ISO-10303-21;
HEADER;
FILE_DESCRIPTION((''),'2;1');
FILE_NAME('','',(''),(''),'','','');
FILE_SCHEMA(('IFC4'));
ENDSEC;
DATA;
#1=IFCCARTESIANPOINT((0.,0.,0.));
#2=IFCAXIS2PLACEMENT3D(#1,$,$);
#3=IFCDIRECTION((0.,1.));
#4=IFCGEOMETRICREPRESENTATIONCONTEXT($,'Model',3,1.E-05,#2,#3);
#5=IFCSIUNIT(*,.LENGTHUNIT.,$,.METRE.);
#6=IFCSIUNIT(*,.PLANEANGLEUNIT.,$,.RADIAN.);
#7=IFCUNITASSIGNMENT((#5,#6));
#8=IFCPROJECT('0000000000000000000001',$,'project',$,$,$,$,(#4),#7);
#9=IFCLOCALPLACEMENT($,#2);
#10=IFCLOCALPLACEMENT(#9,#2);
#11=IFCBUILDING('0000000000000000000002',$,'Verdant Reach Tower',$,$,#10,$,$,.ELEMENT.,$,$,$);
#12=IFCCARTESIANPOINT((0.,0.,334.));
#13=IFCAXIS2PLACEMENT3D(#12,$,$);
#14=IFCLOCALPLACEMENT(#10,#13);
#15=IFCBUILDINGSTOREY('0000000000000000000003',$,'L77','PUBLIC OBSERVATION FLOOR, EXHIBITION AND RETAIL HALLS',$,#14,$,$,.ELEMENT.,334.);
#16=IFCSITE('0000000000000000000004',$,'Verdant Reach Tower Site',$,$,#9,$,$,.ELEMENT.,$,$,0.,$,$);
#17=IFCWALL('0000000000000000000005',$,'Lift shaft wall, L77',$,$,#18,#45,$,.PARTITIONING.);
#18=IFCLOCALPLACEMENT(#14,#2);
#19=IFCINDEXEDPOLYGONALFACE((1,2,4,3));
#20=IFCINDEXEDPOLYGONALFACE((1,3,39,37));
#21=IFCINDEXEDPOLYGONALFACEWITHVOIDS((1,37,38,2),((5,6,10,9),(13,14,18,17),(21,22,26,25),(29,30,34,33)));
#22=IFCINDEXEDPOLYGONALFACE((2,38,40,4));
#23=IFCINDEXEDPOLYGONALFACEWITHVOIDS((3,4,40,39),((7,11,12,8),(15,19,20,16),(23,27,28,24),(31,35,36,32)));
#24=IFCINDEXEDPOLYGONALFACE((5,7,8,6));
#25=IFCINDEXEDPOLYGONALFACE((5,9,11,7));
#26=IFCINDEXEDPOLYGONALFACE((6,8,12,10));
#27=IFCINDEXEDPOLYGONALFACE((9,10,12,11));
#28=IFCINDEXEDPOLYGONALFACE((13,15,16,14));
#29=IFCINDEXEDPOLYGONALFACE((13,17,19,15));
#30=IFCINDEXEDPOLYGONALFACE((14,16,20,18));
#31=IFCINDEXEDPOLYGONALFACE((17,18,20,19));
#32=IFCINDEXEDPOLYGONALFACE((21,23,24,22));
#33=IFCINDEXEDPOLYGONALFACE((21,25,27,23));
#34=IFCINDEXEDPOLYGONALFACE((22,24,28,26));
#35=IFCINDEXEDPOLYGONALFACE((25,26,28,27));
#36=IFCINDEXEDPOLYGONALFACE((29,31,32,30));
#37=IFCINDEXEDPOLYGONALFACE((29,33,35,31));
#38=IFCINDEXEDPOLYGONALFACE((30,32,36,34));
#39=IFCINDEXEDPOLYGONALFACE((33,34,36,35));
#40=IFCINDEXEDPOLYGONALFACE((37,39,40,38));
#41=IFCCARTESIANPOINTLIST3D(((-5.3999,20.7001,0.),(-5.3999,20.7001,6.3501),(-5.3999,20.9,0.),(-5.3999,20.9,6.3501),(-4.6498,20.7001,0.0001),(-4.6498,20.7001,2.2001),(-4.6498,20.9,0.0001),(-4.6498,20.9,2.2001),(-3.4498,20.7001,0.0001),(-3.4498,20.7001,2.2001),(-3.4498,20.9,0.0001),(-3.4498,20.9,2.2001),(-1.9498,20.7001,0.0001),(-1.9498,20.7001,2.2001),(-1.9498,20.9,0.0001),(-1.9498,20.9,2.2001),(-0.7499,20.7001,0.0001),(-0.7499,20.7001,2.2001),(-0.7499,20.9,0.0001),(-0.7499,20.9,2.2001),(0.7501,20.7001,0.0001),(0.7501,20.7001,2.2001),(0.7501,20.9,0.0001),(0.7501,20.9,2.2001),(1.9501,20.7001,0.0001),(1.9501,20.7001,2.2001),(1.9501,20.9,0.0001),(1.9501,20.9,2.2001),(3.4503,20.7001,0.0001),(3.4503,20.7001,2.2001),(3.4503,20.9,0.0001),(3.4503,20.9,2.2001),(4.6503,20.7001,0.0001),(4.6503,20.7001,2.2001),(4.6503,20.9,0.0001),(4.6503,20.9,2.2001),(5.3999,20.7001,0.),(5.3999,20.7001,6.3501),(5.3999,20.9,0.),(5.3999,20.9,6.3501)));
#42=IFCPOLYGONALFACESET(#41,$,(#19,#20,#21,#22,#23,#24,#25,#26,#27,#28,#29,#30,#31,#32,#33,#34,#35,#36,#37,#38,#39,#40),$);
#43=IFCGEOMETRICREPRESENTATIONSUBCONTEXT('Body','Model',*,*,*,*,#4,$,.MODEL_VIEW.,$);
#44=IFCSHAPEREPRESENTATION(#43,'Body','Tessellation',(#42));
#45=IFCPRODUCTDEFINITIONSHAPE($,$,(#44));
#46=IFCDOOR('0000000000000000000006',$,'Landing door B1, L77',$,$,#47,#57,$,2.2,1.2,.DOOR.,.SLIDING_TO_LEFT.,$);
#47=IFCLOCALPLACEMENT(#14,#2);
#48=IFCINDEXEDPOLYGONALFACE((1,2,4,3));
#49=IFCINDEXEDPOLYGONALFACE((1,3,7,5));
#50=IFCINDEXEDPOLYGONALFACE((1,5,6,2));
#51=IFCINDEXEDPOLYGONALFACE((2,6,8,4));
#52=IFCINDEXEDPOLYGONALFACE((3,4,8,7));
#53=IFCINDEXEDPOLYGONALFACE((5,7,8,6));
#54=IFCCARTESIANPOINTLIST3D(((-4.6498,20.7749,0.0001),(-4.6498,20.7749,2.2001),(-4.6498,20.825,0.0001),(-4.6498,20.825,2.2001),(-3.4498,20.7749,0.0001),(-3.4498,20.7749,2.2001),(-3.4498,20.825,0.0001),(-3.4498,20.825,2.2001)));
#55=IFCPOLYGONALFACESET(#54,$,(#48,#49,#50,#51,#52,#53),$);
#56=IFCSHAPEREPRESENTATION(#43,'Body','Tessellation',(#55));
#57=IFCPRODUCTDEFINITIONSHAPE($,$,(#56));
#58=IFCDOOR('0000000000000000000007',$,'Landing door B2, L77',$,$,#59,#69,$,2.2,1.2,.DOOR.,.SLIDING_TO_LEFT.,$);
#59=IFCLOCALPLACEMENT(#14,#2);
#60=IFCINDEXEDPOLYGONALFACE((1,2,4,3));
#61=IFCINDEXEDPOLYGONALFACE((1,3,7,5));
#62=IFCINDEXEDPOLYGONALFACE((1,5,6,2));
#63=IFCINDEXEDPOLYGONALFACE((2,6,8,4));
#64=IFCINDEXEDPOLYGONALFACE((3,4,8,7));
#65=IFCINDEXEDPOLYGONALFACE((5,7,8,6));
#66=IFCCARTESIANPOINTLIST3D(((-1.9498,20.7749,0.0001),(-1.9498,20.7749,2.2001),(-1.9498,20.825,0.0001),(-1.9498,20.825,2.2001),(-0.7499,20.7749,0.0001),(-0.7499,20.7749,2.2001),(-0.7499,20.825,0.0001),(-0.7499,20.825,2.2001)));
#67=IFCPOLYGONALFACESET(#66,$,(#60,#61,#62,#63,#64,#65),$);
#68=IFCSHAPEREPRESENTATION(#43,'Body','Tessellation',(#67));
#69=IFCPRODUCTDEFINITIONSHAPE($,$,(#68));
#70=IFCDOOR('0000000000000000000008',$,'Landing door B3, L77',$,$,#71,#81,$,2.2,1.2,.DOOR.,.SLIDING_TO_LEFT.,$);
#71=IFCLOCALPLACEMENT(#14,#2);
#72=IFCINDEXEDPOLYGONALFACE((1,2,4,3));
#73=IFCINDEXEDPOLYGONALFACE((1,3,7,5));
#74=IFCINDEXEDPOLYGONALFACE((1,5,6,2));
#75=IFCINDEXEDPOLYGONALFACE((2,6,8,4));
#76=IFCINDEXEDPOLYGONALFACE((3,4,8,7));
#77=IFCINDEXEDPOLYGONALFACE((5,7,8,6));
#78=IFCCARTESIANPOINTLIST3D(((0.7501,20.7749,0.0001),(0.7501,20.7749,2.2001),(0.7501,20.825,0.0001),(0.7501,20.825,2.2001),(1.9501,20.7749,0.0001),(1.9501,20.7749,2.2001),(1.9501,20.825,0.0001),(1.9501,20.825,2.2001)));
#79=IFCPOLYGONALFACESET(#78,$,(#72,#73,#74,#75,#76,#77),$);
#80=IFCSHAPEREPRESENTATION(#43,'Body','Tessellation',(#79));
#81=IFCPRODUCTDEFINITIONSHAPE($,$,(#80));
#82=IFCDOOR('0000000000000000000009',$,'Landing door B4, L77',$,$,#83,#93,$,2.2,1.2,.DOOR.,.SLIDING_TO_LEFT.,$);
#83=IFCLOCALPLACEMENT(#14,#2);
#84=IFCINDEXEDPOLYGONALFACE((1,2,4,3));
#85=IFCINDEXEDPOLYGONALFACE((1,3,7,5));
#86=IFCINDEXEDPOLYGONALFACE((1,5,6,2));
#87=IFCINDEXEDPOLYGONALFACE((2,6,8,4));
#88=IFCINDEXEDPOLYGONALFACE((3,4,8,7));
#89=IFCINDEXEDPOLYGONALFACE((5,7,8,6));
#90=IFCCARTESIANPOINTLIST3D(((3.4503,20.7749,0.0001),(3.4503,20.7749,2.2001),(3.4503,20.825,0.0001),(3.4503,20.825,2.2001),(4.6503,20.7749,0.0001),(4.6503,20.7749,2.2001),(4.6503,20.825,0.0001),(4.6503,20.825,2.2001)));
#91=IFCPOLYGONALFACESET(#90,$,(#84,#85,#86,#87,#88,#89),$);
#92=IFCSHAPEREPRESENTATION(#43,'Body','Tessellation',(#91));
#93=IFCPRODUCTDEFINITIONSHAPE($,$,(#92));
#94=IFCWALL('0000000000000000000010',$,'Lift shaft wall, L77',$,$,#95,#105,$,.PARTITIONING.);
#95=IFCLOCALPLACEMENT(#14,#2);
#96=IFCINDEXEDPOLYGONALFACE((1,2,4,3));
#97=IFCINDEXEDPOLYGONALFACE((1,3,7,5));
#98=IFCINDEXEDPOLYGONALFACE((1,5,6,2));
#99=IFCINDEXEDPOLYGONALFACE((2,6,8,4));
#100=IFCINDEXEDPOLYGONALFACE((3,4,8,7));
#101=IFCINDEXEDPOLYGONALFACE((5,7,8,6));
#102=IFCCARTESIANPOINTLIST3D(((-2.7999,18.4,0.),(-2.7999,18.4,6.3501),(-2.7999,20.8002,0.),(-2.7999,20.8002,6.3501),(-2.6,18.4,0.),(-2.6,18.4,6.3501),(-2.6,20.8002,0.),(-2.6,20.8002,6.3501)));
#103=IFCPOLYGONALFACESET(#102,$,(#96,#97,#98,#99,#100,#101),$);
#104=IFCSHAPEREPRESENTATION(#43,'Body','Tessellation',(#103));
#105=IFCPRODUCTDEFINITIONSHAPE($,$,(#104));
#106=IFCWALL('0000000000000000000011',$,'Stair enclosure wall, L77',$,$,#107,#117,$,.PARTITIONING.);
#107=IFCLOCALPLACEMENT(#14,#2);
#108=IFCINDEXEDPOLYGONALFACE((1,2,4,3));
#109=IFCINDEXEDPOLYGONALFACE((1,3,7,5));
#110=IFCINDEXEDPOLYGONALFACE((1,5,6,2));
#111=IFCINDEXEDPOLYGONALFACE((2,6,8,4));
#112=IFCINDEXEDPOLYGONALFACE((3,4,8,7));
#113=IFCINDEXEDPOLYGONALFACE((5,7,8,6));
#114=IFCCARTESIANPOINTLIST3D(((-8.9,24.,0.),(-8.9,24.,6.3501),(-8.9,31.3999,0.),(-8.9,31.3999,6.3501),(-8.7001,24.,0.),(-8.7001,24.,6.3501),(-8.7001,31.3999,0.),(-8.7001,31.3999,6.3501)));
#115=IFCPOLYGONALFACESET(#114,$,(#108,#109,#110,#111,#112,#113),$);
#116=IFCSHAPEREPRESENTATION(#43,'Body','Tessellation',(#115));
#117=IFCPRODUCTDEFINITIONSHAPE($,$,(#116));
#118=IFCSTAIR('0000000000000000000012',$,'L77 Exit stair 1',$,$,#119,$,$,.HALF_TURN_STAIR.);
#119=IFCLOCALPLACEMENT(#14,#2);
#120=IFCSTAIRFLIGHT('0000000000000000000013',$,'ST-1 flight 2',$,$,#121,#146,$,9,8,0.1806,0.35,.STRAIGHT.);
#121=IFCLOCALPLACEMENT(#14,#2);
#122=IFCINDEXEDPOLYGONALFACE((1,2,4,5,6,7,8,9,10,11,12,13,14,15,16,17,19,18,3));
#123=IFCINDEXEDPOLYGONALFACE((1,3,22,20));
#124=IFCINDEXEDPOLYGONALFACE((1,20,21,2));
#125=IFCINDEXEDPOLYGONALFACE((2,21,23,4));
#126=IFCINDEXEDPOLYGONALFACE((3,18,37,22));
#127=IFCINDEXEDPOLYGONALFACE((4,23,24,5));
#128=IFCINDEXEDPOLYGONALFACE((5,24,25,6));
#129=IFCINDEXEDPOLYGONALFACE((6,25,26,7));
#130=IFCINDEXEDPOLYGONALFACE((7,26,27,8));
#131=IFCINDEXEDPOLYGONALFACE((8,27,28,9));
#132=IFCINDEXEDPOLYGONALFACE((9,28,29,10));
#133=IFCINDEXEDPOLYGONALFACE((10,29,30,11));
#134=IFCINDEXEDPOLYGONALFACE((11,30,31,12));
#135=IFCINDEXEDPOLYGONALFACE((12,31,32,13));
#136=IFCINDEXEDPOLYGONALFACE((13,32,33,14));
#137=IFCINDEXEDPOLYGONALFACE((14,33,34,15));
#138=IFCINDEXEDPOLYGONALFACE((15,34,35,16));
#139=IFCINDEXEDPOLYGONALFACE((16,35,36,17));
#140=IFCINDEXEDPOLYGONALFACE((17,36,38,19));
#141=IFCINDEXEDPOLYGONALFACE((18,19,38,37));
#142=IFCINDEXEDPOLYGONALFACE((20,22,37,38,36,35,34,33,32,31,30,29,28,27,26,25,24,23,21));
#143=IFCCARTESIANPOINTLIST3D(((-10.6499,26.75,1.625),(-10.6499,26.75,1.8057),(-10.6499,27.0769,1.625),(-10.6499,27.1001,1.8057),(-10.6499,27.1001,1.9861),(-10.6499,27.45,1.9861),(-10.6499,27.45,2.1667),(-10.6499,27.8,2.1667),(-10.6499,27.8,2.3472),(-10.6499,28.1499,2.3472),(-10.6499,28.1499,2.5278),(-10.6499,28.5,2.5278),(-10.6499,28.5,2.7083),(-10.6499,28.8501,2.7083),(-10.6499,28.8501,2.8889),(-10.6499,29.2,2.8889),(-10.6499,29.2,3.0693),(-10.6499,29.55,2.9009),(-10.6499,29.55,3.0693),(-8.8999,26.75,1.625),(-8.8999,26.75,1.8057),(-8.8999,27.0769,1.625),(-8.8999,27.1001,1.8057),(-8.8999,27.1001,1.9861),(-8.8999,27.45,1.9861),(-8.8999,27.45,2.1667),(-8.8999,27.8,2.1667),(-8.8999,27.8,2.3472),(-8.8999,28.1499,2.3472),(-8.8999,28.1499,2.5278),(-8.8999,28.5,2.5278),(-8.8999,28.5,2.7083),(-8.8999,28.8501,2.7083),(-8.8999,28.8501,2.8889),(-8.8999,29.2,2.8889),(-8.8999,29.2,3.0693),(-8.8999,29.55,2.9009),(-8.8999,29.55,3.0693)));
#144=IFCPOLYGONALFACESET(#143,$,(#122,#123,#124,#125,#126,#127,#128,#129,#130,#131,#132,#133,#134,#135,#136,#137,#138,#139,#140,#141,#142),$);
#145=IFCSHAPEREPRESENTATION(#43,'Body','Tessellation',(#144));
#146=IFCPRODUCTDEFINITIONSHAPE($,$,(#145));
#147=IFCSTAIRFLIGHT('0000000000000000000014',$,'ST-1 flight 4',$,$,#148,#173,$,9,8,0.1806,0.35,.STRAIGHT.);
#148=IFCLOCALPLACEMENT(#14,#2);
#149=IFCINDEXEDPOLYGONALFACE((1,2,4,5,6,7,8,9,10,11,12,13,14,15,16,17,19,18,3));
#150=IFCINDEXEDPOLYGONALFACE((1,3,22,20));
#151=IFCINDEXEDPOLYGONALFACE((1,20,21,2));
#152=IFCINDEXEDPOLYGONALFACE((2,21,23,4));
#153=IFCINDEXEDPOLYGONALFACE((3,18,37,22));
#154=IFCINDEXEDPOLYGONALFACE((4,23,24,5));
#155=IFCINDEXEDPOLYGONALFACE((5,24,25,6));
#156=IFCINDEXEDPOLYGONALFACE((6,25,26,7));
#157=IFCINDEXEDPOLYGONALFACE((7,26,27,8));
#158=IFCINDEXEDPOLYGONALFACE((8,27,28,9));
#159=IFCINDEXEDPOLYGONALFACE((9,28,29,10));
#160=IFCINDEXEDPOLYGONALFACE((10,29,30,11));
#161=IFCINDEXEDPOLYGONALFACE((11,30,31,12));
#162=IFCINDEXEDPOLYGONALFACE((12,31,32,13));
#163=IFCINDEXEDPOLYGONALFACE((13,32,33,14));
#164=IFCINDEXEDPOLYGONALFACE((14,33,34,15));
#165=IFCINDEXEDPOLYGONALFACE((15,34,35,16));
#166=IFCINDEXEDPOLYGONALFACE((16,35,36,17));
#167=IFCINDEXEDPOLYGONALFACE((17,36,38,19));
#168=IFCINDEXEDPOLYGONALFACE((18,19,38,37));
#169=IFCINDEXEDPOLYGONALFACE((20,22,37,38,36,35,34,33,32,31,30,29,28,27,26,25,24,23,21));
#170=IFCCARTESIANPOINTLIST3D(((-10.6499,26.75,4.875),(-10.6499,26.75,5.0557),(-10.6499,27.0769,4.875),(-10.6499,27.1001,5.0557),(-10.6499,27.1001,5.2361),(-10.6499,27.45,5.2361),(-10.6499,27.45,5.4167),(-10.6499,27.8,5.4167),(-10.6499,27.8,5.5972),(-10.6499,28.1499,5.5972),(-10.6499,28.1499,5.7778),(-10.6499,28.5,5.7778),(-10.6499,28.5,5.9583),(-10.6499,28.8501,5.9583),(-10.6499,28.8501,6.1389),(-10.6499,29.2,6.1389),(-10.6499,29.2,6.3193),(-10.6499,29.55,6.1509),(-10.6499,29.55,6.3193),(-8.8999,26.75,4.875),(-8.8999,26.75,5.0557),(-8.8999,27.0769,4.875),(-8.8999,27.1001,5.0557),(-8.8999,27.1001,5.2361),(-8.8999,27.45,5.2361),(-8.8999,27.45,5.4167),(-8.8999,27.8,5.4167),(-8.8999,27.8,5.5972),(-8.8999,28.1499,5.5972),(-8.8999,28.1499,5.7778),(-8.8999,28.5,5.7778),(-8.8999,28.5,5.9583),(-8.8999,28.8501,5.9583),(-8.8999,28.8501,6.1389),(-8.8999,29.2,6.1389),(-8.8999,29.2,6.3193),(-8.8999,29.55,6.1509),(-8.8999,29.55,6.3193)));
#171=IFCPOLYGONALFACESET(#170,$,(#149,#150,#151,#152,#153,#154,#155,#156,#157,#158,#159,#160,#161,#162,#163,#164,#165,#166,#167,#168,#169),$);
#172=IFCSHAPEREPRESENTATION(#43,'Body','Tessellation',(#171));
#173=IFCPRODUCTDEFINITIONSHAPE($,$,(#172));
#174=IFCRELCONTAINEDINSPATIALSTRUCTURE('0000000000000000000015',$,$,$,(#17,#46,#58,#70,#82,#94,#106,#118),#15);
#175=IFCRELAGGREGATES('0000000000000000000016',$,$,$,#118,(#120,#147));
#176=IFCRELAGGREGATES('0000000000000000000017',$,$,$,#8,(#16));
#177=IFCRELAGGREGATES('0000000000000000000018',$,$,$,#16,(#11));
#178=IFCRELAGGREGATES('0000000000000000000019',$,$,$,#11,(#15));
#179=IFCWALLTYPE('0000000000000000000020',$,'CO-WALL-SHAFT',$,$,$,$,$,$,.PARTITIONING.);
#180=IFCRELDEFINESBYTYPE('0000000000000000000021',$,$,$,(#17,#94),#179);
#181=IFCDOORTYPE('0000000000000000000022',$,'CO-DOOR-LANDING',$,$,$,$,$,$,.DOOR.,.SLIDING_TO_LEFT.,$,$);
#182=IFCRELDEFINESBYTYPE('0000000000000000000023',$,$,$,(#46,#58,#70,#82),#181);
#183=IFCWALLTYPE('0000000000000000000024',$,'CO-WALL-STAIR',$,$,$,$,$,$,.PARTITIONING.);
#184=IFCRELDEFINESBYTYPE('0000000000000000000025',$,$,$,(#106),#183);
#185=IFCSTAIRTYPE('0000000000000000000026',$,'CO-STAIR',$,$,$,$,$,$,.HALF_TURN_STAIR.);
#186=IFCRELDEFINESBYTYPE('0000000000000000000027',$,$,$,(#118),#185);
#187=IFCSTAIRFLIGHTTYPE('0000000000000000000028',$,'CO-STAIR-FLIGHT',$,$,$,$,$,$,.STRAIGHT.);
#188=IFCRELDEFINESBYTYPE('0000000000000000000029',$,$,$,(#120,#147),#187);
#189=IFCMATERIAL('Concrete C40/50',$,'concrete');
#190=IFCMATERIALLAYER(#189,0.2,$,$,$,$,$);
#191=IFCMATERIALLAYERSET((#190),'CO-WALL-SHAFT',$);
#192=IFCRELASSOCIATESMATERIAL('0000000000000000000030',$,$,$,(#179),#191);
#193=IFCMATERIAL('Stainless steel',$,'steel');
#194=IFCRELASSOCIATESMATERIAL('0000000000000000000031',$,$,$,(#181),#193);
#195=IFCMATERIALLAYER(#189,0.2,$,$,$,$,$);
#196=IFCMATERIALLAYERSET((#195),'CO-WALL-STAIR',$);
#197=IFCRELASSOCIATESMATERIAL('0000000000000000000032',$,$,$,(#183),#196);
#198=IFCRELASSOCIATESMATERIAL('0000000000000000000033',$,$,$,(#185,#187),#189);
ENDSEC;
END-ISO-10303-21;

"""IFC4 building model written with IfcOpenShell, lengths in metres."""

from ifc_helpers import new_model, si_unit, direction, frame, frame_2d, origin, place, context, subcontext, project, spatial, polyline, rectangle, outline, extrude, material, layer, layer_set, type_object, element, fill, aggregate, save


model = new_model("IFC4")

# Units and contexts
model_context = context("Model", 3, precision=1e-05, world=origin(), true_north=direction((0.0, 1.0)))
body_context = subcontext(model_context, "Body", "Model", "MODEL_VIEW")
ifc_project = project(units=[si_unit("LENGTHUNIT", "METRE"), si_unit("PLANEANGLEUNIT", "RADIAN")], contexts=[model_context])

# Site, building, storey
site_placement = place(None, origin())
site = spatial("IfcSite", under=ifc_project, at=site_placement, Name="Verdant Reach Tower Site", CompositionType="ELEMENT", RefElevation=0.0)
building_placement = place(site_placement, origin())
building = spatial("IfcBuilding", under=site, at=building_placement, Name="Verdant Reach Tower", CompositionType="ELEMENT")
storey_placement = place(building_placement, frame((0.0, 0.0, 334.0)))
storey = spatial("IfcBuildingStorey", under=building, at=storey_placement, Name="L77", Description="PUBLIC OBSERVATION FLOOR, EXHIBITION AND RETAIL HALLS", CompositionType="ELEMENT", Elevation=334.0)

# Wall, openings, doors
ifc_material_1 = material(Name="Concrete C40/50", Category="concrete")
ifc_layer_1 = layer(ifc_material_1, 0.2)
ifc_layer_set_1 = layer_set([ifc_layer_1], Name="CO-WALL-SHAFT")
wall_type_1 = type_object("IfcWallType", Name="CO-WALL-SHAFT", PredefinedType="PARTITIONING", material=ifc_layer_set_1)
wall_1_placement = place(storey_placement, frame((-5.3999, 20.8, 0.0), z_axis=(0.0, 0.0, 1.0), x_axis=(1.0, 0.0, 0.0)))
wall_1 = element("IfcWall", 1, at=wall_1_placement, inside=storey, type_object=wall_type_1, Name="Lift shaft wall, L77", PredefinedType="PARTITIONING", context=body_context, shape_type="SweptSolid", body=[
    extrude(rectangle(XDim=10.7998, YDim=0.2, at=frame_2d((5.3999, 0.0))), origin(), (0.0, 0.0, 1.0), 6.3501),
])
opening_1_placement = place(wall_1_placement, frame((0.75, 0.0, 0.0)))
opening_1 = element("IfcOpeningElement", 2, at=opening_1_placement, cuts=wall_1, PredefinedType="OPENING", context=body_context, shape_type="SweptSolid", body=[
    extrude(rectangle(XDim=1.2, YDim=2.2, at=frame_2d((0.6001, 1.1001))), frame((0.0, 0.1099, 0.0), z_axis=(0.0, -1.0, 0.0), x_axis=(1.0, 0.0, 0.0)), (0.0, 0.0, 1.0), 0.22),
])
opening_2_placement = place(wall_1_placement, frame((3.45, 0.0, 0.0)))
opening_2 = element("IfcOpeningElement", 3, at=opening_2_placement, cuts=wall_1, PredefinedType="OPENING", context=body_context, shape_type="SweptSolid", body=[
    extrude(rectangle(XDim=1.2, YDim=2.2, at=frame_2d((0.6001, 1.1001))), frame((0.0, 0.1099, 0.0), z_axis=(0.0, -1.0, 0.0), x_axis=(1.0, 0.0, 0.0)), (0.0, 0.0, 1.0), 0.22),
])
opening_3_placement = place(wall_1_placement, frame((6.1499, 0.0, 0.0)))
opening_3 = element("IfcOpeningElement", 4, at=opening_3_placement, cuts=wall_1, PredefinedType="OPENING", context=body_context, shape_type="SweptSolid", body=[
    extrude(rectangle(XDim=1.2, YDim=2.2, at=frame_2d((0.6001, 1.1001))), frame((0.0, 0.1099, 0.0), z_axis=(0.0, -1.0, 0.0), x_axis=(1.0, 0.0, 0.0)), (0.0, 0.0, 1.0), 0.22),
])
opening_4_placement = place(wall_1_placement, frame((8.8501, 0.0, 0.0)))
opening_4 = element("IfcOpeningElement", 5, at=opening_4_placement, cuts=wall_1, PredefinedType="OPENING", context=body_context, shape_type="SweptSolid", body=[
    extrude(rectangle(XDim=1.2, YDim=2.2, at=frame_2d((0.6001, 1.1001))), frame((0.0, 0.1099, 0.0), z_axis=(0.0, -1.0, 0.0), x_axis=(1.0, 0.0, 0.0)), (0.0, 0.0, 1.0), 0.22),
])
ifc_material_2 = material(Name="Stainless steel", Category="steel")
door_type_1 = type_object("IfcDoorType", Name="CO-DOOR-LANDING", OperationType="SLIDING_TO_LEFT", PredefinedType="DOOR", material=ifc_material_2)
door_1_placement = place(opening_1_placement, origin())
door_1 = element("IfcDoor", 6, at=door_1_placement, inside=storey, type_object=door_type_1, Name="Landing door B1, L77", OperationType="SLIDING_TO_LEFT", OverallHeight=2.2, OverallWidth=1.2, PredefinedType="DOOR", context=body_context, shape_type="SweptSolid", body=[
    extrude(rectangle(XDim=1.2, YDim=2.2, at=frame_2d((0.6001, 1.1001))), frame((0.0, 0.0249, 0.0), z_axis=(0.0, -1.0, 0.0), x_axis=(1.0, 0.0, 0.0)), (0.0, 0.0, 1.0), 0.05),
])
fill(opening_1, door_1)
door_2_placement = place(opening_2_placement, origin())
door_2 = element("IfcDoor", 7, at=door_2_placement, inside=storey, type_object=door_type_1, Name="Landing door B2, L77", OperationType="SLIDING_TO_LEFT", OverallHeight=2.2, OverallWidth=1.2, PredefinedType="DOOR", context=body_context, shape_type="SweptSolid", body=[
    extrude(rectangle(XDim=1.2, YDim=2.2, at=frame_2d((0.6001, 1.1001))), frame((0.0, 0.0249, 0.0), z_axis=(0.0, -1.0, 0.0), x_axis=(1.0, 0.0, 0.0)), (0.0, 0.0, 1.0), 0.05),
])
fill(opening_2, door_2)
door_3_placement = place(opening_3_placement, origin())
door_3 = element("IfcDoor", 8, at=door_3_placement, inside=storey, type_object=door_type_1, Name="Landing door B3, L77", OperationType="SLIDING_TO_LEFT", OverallHeight=2.2, OverallWidth=1.2, PredefinedType="DOOR", context=body_context, shape_type="SweptSolid", body=[
    extrude(rectangle(XDim=1.2, YDim=2.2, at=frame_2d((0.6001, 1.1001))), frame((0.0, 0.0249, 0.0), z_axis=(0.0, -1.0, 0.0), x_axis=(1.0, 0.0, 0.0)), (0.0, 0.0, 1.0), 0.05),
])
fill(opening_3, door_3)
door_4_placement = place(opening_4_placement, origin())
door_4 = element("IfcDoor", 9, at=door_4_placement, inside=storey, type_object=door_type_1, Name="Landing door B4, L77", OperationType="SLIDING_TO_LEFT", OverallHeight=2.2, OverallWidth=1.2, PredefinedType="DOOR", context=body_context, shape_type="SweptSolid", body=[
    extrude(rectangle(XDim=1.2, YDim=2.2, at=frame_2d((0.6001, 1.1001))), frame((0.0, 0.0249, 0.0), z_axis=(0.0, -1.0, 0.0), x_axis=(1.0, 0.0, 0.0)), (0.0, 0.0, 1.0), 0.05),
])
fill(opening_4, door_4)

# Walls
wall_2_placement = place(storey_placement, frame((-2.7, 18.3999, 0.0), z_axis=(0.0, 0.0, 1.0), x_axis=(0.0, 1.0, 0.0)))
element("IfcWall", 10, at=wall_2_placement, inside=storey, type_object=wall_type_1, Name="Lift shaft wall, L77", PredefinedType="PARTITIONING", context=body_context, shape_type="SweptSolid", body=[
    extrude(rectangle(XDim=2.4001, YDim=0.2, at=frame_2d((1.2002, 0.0))), origin(), (0.0, 0.0, 1.0), 6.3501),
])
ifc_layer_2 = layer(ifc_material_1, 0.2)
ifc_layer_set_2 = layer_set([ifc_layer_2], Name="CO-WALL-STAIR")
wall_type_2 = type_object("IfcWallType", Name="CO-WALL-STAIR", PredefinedType="PARTITIONING", material=ifc_layer_set_2)
wall_3_placement = place(storey_placement, frame((-8.8, 24.0, 0.0), z_axis=(0.0, 0.0, 1.0), x_axis=(0.0, 1.0, 0.0)))
element("IfcWall", 11, at=wall_3_placement, inside=storey, type_object=wall_type_2, Name="Stair enclosure wall, L77", PredefinedType="PARTITIONING", context=body_context, shape_type="SweptSolid", body=[
    extrude(rectangle(XDim=7.3999, YDim=0.2, at=frame_2d((3.7, 0.0))), origin(), (0.0, 0.0, 1.0), 6.3501),
])

# Stair, stair flights
stair_type = type_object("IfcStairType", Name="CO-STAIR", PredefinedType="HALF_TURN_STAIR", material=ifc_material_1)
stair_placement = place(storey_placement, origin())
stair = element("IfcStair", 12, at=stair_placement, inside=storey, type_object=stair_type, Name="L77 Exit stair 1", PredefinedType="HALF_TURN_STAIR")
stair_flight_type = type_object("IfcStairFlightType", Name="CO-STAIR-FLIGHT", PredefinedType="STRAIGHT", material=ifc_material_1)
stair_flight_1_placement = place(storey_placement, frame((-9.7749, 26.75, 1.625), z_axis=(0.0, 0.0, 1.0), x_axis=(0.0, 1.0, 0.0)))
stair_flight_1 = element("IfcStairFlight", 13, at=stair_flight_1_placement, type_object=stair_flight_type, Name="ST-1 flight 2", NumberOfRisers=9, NumberOfTreads=8, PredefinedType="STRAIGHT", RiserHeight=0.1806, TreadLength=0.35, context=body_context, shape_type="SweptSolid", body=[
    extrude(outline(polyline([(0.0, 0.0), (0.0, 0.1807), (0.3501, 0.1807), (0.3501, 0.3611), (0.7, 0.3611), (0.7, 0.5417), (1.05, 0.5417), (1.05, 0.7222), (1.3999, 0.7222), (1.3999, 0.9028), (1.75, 0.9028), (1.75, 1.0833), (2.1001, 1.0833), (2.1001, 1.2639), (2.45, 1.2639), (2.45, 1.4443), (2.8, 1.4443), (2.8, 1.625), (2.8, 1.2759), (0.3269, 0.0), (0.0, 0.0)])), frame((0.0, 0.875, 0.0), z_axis=(0.0, -1.0, 0.0), x_axis=(1.0, 0.0, 0.0)), (0.0, 0.0, 1.0), 1.75),
])
stair_flight_2_placement = place(storey_placement, frame((-9.7749, 26.75, 4.875), z_axis=(0.0, 0.0, 1.0), x_axis=(0.0, 1.0, 0.0)))
stair_flight_2 = element("IfcStairFlight", 14, at=stair_flight_2_placement, type_object=stair_flight_type, Name="ST-1 flight 4", NumberOfRisers=9, NumberOfTreads=8, PredefinedType="STRAIGHT", RiserHeight=0.1806, TreadLength=0.35, context=body_context, shape_type="SweptSolid", body=[
    extrude(outline(polyline([(0.0, 0.0), (0.0, 0.1807), (0.3501, 0.1807), (0.3501, 0.3611), (0.7, 0.3611), (0.7, 0.5417), (1.05, 0.5417), (1.05, 0.7222), (1.3999, 0.7222), (1.3999, 0.9028), (1.75, 0.9028), (1.75, 1.0833), (2.1001, 1.0833), (2.1001, 1.2639), (2.45, 1.2639), (2.45, 1.4443), (2.8, 1.4443), (2.8, 1.625), (2.8, 1.2759), (0.3269, 0.0), (0.0, 0.0)])), frame((0.0, 0.875, 0.0), z_axis=(0.0, -1.0, 0.0), x_axis=(1.0, 0.0, 0.0)), (0.0, 0.0, 1.0), 1.75),
])
aggregate(stair, [stair_flight_1, stair_flight_2])

save(model, "model.ifc")
